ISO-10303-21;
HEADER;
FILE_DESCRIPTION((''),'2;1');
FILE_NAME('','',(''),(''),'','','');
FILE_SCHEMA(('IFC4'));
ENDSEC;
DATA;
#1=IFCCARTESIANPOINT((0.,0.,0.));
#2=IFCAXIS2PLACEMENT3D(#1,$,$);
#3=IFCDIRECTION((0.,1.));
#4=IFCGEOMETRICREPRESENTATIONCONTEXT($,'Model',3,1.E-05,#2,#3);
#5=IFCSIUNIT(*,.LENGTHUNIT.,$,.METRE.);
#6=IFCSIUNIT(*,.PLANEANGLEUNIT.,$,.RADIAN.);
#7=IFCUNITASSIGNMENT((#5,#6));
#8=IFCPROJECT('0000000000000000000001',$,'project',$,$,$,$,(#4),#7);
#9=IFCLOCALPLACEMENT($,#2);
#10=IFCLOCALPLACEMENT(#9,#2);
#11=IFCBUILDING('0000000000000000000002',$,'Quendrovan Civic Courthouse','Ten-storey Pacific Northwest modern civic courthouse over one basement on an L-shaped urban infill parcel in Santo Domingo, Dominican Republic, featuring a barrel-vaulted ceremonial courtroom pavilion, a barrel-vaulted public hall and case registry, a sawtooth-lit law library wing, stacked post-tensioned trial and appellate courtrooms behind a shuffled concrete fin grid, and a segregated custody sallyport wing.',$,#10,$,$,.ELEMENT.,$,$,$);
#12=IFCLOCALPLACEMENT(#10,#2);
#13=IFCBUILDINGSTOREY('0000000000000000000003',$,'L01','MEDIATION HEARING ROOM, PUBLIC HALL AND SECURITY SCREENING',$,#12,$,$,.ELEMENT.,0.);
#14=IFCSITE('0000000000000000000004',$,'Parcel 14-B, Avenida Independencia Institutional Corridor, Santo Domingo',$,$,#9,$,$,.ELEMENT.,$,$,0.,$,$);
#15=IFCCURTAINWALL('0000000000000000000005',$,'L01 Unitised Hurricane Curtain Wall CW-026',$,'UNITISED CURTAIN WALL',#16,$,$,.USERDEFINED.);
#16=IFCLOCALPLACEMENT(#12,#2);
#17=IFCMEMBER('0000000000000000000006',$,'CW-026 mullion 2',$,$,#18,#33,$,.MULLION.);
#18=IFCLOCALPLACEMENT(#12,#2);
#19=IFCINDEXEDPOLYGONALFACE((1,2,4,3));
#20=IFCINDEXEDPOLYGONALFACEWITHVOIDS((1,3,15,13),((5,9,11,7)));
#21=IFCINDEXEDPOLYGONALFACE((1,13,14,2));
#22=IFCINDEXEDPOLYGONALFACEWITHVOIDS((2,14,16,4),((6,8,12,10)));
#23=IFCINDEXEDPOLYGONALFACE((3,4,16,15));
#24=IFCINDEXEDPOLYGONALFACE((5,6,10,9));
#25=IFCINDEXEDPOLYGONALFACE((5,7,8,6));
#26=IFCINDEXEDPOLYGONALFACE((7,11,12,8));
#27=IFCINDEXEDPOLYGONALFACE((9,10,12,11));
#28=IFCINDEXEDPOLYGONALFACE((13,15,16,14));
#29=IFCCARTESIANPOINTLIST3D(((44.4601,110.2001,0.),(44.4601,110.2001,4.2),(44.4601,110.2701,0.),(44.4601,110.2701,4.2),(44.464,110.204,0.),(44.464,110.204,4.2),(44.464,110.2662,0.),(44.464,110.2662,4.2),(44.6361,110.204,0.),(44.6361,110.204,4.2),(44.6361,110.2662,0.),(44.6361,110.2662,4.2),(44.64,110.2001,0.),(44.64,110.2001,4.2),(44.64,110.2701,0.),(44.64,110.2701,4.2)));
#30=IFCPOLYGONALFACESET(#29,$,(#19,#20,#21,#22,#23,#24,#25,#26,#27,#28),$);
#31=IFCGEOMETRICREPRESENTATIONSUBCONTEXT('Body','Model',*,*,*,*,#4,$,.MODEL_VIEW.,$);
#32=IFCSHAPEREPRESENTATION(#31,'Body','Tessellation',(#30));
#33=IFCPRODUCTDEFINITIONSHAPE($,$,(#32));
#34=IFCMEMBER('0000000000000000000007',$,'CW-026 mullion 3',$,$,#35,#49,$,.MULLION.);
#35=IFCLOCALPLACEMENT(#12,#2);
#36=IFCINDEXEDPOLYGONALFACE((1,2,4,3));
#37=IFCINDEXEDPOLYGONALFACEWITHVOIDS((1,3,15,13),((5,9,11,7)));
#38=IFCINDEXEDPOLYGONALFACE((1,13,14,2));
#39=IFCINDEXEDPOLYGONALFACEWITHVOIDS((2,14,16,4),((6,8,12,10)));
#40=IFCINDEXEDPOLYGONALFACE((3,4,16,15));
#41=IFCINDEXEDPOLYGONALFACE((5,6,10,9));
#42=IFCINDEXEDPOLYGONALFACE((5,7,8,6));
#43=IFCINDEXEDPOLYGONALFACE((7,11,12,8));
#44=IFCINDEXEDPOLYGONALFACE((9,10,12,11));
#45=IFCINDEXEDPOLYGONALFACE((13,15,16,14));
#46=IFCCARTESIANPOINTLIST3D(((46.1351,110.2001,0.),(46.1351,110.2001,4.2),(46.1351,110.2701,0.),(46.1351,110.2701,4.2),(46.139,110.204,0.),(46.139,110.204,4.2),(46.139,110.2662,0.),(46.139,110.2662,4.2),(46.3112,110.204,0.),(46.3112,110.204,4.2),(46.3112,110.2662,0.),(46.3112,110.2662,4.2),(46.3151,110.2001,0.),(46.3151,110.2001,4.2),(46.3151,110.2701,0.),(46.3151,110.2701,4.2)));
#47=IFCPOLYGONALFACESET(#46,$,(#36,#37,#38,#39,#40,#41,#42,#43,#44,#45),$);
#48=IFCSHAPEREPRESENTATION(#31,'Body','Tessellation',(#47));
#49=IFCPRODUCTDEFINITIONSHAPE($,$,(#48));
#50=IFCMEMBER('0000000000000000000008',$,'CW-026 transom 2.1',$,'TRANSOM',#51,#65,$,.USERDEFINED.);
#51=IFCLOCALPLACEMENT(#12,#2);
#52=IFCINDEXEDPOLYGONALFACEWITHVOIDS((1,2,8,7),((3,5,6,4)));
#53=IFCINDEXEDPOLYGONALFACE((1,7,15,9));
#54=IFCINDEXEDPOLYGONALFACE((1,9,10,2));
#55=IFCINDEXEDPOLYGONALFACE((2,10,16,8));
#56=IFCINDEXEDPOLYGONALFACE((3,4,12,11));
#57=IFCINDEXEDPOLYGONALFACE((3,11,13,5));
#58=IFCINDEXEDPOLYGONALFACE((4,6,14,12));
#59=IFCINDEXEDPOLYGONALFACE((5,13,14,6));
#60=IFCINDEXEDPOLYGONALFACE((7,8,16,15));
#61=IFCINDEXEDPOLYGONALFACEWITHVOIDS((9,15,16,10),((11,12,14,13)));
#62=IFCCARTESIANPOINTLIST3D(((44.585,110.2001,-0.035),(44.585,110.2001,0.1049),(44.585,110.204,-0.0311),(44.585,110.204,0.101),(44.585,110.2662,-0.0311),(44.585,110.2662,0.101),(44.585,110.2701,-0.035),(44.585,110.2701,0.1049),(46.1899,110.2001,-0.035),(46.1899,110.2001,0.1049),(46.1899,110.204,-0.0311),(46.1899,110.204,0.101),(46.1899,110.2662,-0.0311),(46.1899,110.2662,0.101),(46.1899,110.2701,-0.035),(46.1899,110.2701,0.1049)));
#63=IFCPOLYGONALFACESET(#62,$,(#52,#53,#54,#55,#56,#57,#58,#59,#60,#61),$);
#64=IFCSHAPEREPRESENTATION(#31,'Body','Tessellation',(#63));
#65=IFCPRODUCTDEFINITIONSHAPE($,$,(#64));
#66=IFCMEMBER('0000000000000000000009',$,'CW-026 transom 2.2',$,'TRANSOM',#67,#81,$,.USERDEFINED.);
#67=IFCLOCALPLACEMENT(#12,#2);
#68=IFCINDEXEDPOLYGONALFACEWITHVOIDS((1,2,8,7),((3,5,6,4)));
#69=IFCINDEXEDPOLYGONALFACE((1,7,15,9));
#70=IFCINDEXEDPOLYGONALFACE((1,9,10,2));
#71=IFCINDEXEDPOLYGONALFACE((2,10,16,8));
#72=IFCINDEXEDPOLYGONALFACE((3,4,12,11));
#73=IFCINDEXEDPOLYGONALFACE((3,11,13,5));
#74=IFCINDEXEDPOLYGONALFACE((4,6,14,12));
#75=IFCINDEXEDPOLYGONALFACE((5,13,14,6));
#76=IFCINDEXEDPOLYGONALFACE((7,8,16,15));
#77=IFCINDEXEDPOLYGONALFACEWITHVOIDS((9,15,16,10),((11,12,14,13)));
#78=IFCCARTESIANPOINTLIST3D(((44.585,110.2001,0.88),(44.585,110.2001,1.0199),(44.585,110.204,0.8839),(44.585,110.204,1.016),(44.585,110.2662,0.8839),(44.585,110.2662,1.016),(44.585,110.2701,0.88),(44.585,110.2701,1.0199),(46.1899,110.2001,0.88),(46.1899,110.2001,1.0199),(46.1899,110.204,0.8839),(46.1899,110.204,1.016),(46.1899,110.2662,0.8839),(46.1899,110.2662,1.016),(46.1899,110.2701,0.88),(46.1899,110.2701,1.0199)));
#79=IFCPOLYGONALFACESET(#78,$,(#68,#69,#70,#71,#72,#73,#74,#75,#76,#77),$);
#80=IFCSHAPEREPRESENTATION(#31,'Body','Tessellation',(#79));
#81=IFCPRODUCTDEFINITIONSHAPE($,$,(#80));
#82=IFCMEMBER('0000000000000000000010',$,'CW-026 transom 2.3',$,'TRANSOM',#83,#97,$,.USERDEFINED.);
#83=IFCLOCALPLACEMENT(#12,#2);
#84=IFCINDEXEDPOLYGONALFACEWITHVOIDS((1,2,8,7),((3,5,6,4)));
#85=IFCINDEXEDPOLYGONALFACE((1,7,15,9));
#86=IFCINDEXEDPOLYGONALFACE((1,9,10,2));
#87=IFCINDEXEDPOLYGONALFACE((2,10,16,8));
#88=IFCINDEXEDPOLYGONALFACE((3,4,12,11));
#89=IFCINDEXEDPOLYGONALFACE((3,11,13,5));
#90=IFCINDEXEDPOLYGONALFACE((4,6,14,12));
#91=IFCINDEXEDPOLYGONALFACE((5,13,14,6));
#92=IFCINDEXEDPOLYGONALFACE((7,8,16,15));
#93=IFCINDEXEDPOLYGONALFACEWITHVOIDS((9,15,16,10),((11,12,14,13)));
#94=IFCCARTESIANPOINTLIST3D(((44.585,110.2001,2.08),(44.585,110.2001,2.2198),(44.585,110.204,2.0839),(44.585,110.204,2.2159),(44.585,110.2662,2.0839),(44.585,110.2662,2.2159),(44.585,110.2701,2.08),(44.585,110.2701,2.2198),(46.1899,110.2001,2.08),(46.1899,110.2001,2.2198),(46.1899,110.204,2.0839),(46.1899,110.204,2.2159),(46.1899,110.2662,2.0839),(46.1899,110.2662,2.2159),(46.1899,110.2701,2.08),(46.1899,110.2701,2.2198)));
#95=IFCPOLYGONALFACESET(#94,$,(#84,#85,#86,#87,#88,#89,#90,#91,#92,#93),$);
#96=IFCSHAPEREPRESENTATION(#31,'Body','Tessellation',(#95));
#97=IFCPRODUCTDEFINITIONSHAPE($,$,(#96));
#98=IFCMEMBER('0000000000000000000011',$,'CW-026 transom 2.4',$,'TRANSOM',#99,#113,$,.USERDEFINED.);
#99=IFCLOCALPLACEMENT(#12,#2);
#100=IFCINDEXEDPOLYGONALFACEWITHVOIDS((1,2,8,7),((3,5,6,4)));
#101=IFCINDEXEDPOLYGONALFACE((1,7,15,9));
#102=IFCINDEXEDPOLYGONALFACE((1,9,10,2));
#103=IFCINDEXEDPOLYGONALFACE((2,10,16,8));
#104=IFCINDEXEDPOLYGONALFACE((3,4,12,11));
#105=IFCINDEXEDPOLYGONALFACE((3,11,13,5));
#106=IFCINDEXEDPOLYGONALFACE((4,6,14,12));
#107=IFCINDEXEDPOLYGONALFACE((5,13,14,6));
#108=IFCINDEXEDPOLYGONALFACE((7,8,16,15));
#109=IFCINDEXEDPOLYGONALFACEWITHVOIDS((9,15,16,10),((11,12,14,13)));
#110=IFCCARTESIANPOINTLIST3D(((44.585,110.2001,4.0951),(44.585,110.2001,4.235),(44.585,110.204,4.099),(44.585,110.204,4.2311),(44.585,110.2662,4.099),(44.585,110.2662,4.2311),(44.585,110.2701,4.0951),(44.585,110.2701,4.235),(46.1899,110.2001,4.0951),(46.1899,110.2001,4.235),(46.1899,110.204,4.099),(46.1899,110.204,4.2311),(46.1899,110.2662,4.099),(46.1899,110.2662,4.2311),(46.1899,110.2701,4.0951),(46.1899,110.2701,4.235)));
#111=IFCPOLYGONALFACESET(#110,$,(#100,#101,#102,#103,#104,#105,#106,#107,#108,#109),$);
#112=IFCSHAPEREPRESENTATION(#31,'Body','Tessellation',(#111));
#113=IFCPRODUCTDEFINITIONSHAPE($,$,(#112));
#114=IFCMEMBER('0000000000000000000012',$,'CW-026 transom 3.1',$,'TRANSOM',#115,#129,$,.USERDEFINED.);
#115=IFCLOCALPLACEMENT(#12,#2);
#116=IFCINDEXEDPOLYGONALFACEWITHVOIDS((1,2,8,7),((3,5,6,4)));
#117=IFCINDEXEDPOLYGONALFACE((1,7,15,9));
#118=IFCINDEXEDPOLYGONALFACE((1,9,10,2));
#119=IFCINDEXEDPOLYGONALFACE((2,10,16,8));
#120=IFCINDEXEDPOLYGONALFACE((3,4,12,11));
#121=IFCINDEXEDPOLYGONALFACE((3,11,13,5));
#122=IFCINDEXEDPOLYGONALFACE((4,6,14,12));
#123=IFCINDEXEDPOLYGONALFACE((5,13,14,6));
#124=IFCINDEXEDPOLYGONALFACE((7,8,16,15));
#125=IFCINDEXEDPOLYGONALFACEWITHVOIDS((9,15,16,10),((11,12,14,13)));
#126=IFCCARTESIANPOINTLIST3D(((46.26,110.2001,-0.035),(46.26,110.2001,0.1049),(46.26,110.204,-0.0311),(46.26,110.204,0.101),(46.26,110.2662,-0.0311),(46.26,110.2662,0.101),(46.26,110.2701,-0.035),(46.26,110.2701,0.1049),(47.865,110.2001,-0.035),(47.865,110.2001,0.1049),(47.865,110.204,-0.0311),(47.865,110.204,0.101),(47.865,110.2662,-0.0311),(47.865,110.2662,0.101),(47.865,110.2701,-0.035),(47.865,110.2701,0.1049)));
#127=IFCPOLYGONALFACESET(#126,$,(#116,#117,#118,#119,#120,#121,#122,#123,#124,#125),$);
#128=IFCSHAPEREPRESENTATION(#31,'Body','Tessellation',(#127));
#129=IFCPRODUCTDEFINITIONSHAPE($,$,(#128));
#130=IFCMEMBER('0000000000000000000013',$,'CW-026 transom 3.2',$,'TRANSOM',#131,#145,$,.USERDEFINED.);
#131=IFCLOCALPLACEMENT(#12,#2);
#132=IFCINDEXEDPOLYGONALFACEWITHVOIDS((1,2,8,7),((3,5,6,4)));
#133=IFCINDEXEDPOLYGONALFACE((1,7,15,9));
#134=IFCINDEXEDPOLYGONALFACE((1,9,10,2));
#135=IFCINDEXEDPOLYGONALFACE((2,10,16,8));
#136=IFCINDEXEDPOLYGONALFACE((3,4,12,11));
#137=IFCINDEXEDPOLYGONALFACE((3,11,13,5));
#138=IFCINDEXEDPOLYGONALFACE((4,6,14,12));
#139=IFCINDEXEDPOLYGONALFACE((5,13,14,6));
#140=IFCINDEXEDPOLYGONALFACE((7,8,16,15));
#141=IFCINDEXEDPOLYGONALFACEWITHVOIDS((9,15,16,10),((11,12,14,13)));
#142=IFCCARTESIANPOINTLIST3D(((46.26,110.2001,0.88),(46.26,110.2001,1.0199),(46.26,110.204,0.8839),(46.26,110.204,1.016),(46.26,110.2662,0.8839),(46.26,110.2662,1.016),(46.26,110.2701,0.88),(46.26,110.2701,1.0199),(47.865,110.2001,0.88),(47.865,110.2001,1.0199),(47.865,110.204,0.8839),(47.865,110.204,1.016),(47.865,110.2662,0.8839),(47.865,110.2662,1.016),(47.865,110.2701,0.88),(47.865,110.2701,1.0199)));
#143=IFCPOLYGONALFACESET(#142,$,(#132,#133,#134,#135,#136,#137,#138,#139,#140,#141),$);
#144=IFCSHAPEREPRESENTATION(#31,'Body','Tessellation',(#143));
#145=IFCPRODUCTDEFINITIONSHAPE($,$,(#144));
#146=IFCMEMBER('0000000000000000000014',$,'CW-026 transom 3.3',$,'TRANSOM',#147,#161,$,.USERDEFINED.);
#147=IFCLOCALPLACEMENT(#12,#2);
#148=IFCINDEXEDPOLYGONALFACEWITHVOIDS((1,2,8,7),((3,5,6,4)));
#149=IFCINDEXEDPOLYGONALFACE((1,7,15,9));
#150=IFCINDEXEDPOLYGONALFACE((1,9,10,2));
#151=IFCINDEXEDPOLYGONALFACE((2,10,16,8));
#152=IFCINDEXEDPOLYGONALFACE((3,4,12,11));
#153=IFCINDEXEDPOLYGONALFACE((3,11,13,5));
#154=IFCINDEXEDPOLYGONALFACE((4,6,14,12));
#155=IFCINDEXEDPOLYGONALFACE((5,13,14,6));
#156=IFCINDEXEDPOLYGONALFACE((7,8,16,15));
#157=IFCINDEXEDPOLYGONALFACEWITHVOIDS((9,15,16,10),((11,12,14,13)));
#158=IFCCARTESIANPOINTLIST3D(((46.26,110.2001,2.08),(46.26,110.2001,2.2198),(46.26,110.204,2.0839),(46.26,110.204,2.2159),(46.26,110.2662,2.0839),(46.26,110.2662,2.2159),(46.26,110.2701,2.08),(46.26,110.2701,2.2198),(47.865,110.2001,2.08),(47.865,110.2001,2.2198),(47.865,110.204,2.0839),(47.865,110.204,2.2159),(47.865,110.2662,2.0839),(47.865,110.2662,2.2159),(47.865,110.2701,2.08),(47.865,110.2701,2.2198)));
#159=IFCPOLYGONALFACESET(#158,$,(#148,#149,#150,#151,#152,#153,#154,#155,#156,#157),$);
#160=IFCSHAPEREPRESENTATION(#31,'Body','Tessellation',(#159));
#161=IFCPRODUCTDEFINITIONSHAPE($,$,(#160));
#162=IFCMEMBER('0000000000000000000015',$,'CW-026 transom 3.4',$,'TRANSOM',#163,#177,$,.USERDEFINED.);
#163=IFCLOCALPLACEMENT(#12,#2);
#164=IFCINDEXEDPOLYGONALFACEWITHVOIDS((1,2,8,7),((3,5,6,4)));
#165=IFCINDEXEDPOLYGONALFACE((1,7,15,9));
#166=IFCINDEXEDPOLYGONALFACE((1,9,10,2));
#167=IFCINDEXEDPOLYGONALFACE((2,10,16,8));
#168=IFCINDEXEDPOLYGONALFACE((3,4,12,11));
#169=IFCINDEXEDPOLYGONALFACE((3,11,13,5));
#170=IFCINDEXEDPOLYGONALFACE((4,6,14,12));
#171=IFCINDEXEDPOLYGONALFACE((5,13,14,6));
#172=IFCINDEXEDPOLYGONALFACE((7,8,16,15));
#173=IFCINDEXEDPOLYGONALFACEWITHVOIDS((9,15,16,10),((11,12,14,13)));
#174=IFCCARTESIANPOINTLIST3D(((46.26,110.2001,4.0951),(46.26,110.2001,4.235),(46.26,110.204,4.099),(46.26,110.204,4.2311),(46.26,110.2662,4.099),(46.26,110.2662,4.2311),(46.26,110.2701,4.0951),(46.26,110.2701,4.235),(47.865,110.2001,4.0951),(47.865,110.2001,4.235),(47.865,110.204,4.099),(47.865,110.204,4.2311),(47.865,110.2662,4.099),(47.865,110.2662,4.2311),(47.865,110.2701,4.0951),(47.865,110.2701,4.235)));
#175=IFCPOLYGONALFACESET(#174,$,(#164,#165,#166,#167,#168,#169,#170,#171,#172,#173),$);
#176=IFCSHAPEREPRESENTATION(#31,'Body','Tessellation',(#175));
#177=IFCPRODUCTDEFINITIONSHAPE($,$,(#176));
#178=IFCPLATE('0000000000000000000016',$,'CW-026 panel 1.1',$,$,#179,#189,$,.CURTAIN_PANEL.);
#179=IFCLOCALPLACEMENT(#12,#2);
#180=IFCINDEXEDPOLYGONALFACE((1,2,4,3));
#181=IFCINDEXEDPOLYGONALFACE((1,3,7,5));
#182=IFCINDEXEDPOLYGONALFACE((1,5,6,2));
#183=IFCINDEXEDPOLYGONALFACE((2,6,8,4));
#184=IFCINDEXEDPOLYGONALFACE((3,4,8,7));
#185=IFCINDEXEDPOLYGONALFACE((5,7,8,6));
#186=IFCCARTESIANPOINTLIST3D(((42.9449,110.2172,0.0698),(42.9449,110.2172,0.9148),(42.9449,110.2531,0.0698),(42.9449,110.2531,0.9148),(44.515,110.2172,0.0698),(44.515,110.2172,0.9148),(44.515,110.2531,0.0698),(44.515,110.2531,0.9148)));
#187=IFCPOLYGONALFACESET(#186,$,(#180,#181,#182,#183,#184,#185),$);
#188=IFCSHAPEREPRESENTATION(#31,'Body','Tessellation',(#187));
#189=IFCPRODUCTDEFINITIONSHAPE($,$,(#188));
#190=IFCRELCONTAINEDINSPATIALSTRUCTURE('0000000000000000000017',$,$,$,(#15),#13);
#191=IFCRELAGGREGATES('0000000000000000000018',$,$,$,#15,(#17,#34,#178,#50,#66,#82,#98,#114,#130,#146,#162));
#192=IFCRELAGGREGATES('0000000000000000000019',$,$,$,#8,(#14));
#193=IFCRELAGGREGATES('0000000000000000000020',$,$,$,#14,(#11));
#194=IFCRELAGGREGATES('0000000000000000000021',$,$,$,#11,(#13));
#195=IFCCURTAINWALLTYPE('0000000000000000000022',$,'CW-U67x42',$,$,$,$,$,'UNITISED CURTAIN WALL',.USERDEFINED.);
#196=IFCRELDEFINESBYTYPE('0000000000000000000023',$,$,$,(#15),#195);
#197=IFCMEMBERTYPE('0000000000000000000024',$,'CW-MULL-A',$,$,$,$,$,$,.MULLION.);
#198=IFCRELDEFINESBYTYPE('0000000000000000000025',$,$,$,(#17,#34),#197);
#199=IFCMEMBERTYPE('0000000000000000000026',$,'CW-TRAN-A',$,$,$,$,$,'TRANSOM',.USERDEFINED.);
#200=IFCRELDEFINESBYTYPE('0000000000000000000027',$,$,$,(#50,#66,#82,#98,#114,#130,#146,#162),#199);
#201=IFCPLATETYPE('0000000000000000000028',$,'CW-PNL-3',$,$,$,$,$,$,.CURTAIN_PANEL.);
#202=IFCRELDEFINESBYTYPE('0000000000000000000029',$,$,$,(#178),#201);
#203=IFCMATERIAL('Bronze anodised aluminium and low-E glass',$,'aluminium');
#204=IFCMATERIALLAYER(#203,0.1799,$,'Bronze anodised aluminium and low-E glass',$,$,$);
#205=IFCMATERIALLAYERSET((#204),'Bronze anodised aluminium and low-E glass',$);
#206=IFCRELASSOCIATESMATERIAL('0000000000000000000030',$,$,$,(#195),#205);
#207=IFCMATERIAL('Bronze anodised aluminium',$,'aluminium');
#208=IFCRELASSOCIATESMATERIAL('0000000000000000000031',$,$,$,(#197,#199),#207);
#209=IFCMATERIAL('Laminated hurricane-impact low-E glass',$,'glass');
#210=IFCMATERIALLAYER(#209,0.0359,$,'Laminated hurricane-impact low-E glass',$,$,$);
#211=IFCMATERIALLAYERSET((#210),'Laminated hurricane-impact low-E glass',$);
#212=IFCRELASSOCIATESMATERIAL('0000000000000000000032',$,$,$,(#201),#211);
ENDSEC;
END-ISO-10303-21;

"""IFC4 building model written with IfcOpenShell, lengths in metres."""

from ifc_helpers import new_model, si_unit, direction, frame, origin, origin_2d, place, context, subcontext, project, spatial, rectangle, hollow_rectangle, extrude, material, layer, layer_set, material_profile, profile_set, type_object, element, aggregate, save


model = new_model("IFC4")

# Units and contexts
model_context = context("Model", 3, precision=1e-05, world=origin(), true_north=direction((0.0, 1.0)))
body_context = subcontext(model_context, "Body", "Model", "MODEL_VIEW")
ifc_project = project(units=[si_unit("LENGTHUNIT", "METRE"), si_unit("PLANEANGLEUNIT", "RADIAN")], contexts=[model_context])

# Site, building, storey
site_placement = place(None, origin())
site = spatial("IfcSite", under=ifc_project, at=site_placement, Name="Parcel 14-B, Avenida Independencia Institutional Corridor, Santo Domingo", CompositionType="ELEMENT", RefElevation=0.0)
building_placement = place(site_placement, origin())
building = spatial("IfcBuilding", under=site, at=building_placement, Name="Quendrovan Civic Courthouse", Description="Ten-storey Pacific Northwest modern civic courthouse over one basement on an L-shaped urban infill parcel in Santo Domingo, Dominican Republic, featuring a barrel-vaulted ceremonial courtroom pavilion, a barrel-vaulted public hall and case registry, a sawtooth-lit law library wing, stacked post-tensioned trial and appellate courtrooms behind a shuffled concrete fin grid, and a segregated custody sallyport wing.", CompositionType="ELEMENT")
storey_placement = place(building_placement, origin())
storey = spatial("IfcBuildingStorey", under=building, at=storey_placement, Name="L01", Description="MEDIATION HEARING ROOM, PUBLIC HALL AND SECURITY SCREENING", CompositionType="ELEMENT", Elevation=0.0)

# Curtain wall, members, plate
ifc_material_1 = material(Name="Bronze anodised aluminium and low-E glass", Category="aluminium")
ifc_layer_1 = layer(ifc_material_1, 0.1799, Name="Bronze anodised aluminium and low-E glass")
ifc_layer_set_1 = layer_set([ifc_layer_1], Name="Bronze anodised aluminium and low-E glass")
curtain_wall_type = type_object("IfcCurtainWallType", Name="CW-U67x42", ElementType="UNITISED CURTAIN WALL", PredefinedType="USERDEFINED", material=ifc_layer_set_1)
curtain_wall_placement = place(storey_placement, origin())
curtain_wall = element("IfcCurtainWall", 1, at=curtain_wall_placement, inside=storey, type_object=curtain_wall_type, Name="L01 Unitised Hurricane Curtain Wall CW-026", ObjectType="UNITISED CURTAIN WALL", PredefinedType="USERDEFINED")
ifc_material_2 = material(Name="Bronze anodised aluminium", Category="aluminium")
ifc_material_profile_1 = material_profile(ifc_material_2, hollow_rectangle(XDim=0.0701, YDim=0.1799, WallThickness=0.0039, at=origin_2d()), Name="CW-MULL-70x180")
ifc_profile_set_1 = profile_set([ifc_material_profile_1], Name="Bronze anodised aluminium")
member_type_1 = type_object("IfcMemberType", Name="CW-MULL-A", PredefinedType="MULLION", material=ifc_profile_set_1)
member_1_placement = place(storey_placement, frame((44.55, 110.2351, 0.0), z_axis=(0.0, 0.0, 1.0), x_axis=(0.0, 1.0, 0.0)))
member_1 = element("IfcMember", 2, at=member_1_placement, type_object=member_type_1, Name="CW-026 mullion 2", PredefinedType="MULLION", context=body_context, shape_type="SweptSolid", body=[
    extrude(hollow_rectangle(XDim=0.0701, YDim=0.1799, WallThickness=0.0039, at=origin_2d()), origin(), (0.0, 0.0, 1.0), 4.2),
])
member_2_placement = place(storey_placement, frame((46.2251, 110.2351, 0.0), z_axis=(0.0, 0.0, 1.0), x_axis=(0.0, 1.0, 0.0)))
member_2 = element("IfcMember", 3, at=member_2_placement, type_object=member_type_1, Name="CW-026 mullion 3", PredefinedType="MULLION", context=body_context, shape_type="SweptSolid", body=[
    extrude(hollow_rectangle(XDim=0.0701, YDim=0.1799, WallThickness=0.0039, at=origin_2d()), origin(), (0.0, 0.0, 1.0), 4.2),
])
ifc_material_profile_2 = material_profile(ifc_material_2, hollow_rectangle(XDim=0.0701, YDim=0.1399, WallThickness=0.0039, at=origin_2d()), Name="CW-TRAN-70x140")
ifc_profile_set_2 = profile_set([ifc_material_profile_2], Name="Bronze anodised aluminium")
member_type_2 = type_object("IfcMemberType", Name="CW-TRAN-A", ElementType="TRANSOM", PredefinedType="USERDEFINED", material=ifc_profile_set_2)
member_3_placement = place(storey_placement, frame((44.585, 110.2351, 0.0349), z_axis=(1.0, 0.0, 0.0), x_axis=(0.0, 1.0, 0.0)))
member_3 = element("IfcMember", 4, at=member_3_placement, type_object=member_type_2, Name="CW-026 transom 2.1", ObjectType="TRANSOM", PredefinedType="USERDEFINED", context=body_context, shape_type="SweptSolid", body=[
    extrude(hollow_rectangle(XDim=0.0701, YDim=0.1399, WallThickness=0.0039, at=origin_2d()), origin(), (0.0, 0.0, 1.0), 1.605),
])
member_4_placement = place(storey_placement, frame((44.585, 110.2351, 0.95), z_axis=(1.0, 0.0, 0.0), x_axis=(0.0, 1.0, 0.0)))
member_4 = element("IfcMember", 5, at=member_4_placement, type_object=member_type_2, Name="CW-026 transom 2.2", ObjectType="TRANSOM", PredefinedType="USERDEFINED", context=body_context, shape_type="SweptSolid", body=[
    extrude(hollow_rectangle(XDim=0.0701, YDim=0.1399, WallThickness=0.0039, at=origin_2d()), origin(), (0.0, 0.0, 1.0), 1.605),
])
member_5_placement = place(storey_placement, frame((44.585, 110.2351, 2.1499), z_axis=(1.0, 0.0, 0.0), x_axis=(0.0, 1.0, 0.0)))
member_5 = element("IfcMember", 6, at=member_5_placement, type_object=member_type_2, Name="CW-026 transom 2.3", ObjectType="TRANSOM", PredefinedType="USERDEFINED", context=body_context, shape_type="SweptSolid", body=[
    extrude(hollow_rectangle(XDim=0.0701, YDim=0.1399, WallThickness=0.0039, at=origin_2d()), origin(), (0.0, 0.0, 1.0), 1.605),
])
member_6_placement = place(storey_placement, frame((44.585, 110.2351, 4.165), z_axis=(1.0, 0.0, 0.0), x_axis=(0.0, 1.0, 0.0)))
member_6 = element("IfcMember", 7, at=member_6_placement, type_object=member_type_2, Name="CW-026 transom 2.4", ObjectType="TRANSOM", PredefinedType="USERDEFINED", context=body_context, shape_type="SweptSolid", body=[
    extrude(hollow_rectangle(XDim=0.0701, YDim=0.1399, WallThickness=0.0039, at=origin_2d()), origin(), (0.0, 0.0, 1.0), 1.605),
])
member_7_placement = place(storey_placement, frame((46.26, 110.2351, 0.0349), z_axis=(1.0, 0.0, 0.0), x_axis=(0.0, 1.0, 0.0)))
member_7 = element("IfcMember", 8, at=member_7_placement, type_object=member_type_2, Name="CW-026 transom 3.1", ObjectType="TRANSOM", PredefinedType="USERDEFINED", context=body_context, shape_type="SweptSolid", body=[
    extrude(hollow_rectangle(XDim=0.0701, YDim=0.1399, WallThickness=0.0039, at=origin_2d()), origin(), (0.0, 0.0, 1.0), 1.605),
])
member_8_placement = place(storey_placement, frame((46.26, 110.2351, 0.95), z_axis=(1.0, 0.0, 0.0), x_axis=(0.0, 1.0, 0.0)))
member_8 = element("IfcMember", 9, at=member_8_placement, type_object=member_type_2, Name="CW-026 transom 3.2", ObjectType="TRANSOM", PredefinedType="USERDEFINED", context=body_context, shape_type="SweptSolid", body=[
    extrude(hollow_rectangle(XDim=0.0701, YDim=0.1399, WallThickness=0.0039, at=origin_2d()), origin(), (0.0, 0.0, 1.0), 1.605),
])
member_9_placement = place(storey_placement, frame((46.26, 110.2351, 2.1499), z_axis=(1.0, 0.0, 0.0), x_axis=(0.0, 1.0, 0.0)))
member_9 = element("IfcMember", 10, at=member_9_placement, type_object=member_type_2, Name="CW-026 transom 3.3", ObjectType="TRANSOM", PredefinedType="USERDEFINED", context=body_context, shape_type="SweptSolid", body=[
    extrude(hollow_rectangle(XDim=0.0701, YDim=0.1399, WallThickness=0.0039, at=origin_2d()), origin(), (0.0, 0.0, 1.0), 1.605),
])
member_10_placement = place(storey_placement, frame((46.26, 110.2351, 4.165), z_axis=(1.0, 0.0, 0.0), x_axis=(0.0, 1.0, 0.0)))
member_10 = element("IfcMember", 11, at=member_10_placement, type_object=member_type_2, Name="CW-026 transom 3.4", ObjectType="TRANSOM", PredefinedType="USERDEFINED", context=body_context, shape_type="SweptSolid", body=[
    extrude(hollow_rectangle(XDim=0.0701, YDim=0.1399, WallThickness=0.0039, at=origin_2d()), origin(), (0.0, 0.0, 1.0), 1.605),
])
ifc_material_3 = material(Name="Laminated hurricane-impact low-E glass", Category="glass")
ifc_layer_2 = layer(ifc_material_3, 0.0359, Name="Laminated hurricane-impact low-E glass")
ifc_layer_set_2 = layer_set([ifc_layer_2], Name="Laminated hurricane-impact low-E glass")
plate_type = type_object("IfcPlateType", Name="CW-PNL-3", PredefinedType="CURTAIN_PANEL", material=ifc_layer_set_2)
plate_1_placement = place(storey_placement, frame((43.73, 110.2351, 0.0698), z_axis=(0.0, 0.0, 1.0), x_axis=(1.0, 0.0, 0.0)))
plate_1 = element("IfcPlate", 12, at=plate_1_placement, type_object=plate_type, Name="CW-026 panel 1.1", PredefinedType="CURTAIN_PANEL", context=body_context, shape_type="SweptSolid", body=[
    extrude(rectangle(XDim=1.5701, YDim=0.0359, at=origin_2d()), origin(), (0.0, 0.0, 1.0), 0.845),
])
aggregate(curtain_wall, [member_1, member_2, plate_1, member_3, member_4, member_5, member_6, member_7, member_8, member_9, member_10])

save(model, "model.ifc")
